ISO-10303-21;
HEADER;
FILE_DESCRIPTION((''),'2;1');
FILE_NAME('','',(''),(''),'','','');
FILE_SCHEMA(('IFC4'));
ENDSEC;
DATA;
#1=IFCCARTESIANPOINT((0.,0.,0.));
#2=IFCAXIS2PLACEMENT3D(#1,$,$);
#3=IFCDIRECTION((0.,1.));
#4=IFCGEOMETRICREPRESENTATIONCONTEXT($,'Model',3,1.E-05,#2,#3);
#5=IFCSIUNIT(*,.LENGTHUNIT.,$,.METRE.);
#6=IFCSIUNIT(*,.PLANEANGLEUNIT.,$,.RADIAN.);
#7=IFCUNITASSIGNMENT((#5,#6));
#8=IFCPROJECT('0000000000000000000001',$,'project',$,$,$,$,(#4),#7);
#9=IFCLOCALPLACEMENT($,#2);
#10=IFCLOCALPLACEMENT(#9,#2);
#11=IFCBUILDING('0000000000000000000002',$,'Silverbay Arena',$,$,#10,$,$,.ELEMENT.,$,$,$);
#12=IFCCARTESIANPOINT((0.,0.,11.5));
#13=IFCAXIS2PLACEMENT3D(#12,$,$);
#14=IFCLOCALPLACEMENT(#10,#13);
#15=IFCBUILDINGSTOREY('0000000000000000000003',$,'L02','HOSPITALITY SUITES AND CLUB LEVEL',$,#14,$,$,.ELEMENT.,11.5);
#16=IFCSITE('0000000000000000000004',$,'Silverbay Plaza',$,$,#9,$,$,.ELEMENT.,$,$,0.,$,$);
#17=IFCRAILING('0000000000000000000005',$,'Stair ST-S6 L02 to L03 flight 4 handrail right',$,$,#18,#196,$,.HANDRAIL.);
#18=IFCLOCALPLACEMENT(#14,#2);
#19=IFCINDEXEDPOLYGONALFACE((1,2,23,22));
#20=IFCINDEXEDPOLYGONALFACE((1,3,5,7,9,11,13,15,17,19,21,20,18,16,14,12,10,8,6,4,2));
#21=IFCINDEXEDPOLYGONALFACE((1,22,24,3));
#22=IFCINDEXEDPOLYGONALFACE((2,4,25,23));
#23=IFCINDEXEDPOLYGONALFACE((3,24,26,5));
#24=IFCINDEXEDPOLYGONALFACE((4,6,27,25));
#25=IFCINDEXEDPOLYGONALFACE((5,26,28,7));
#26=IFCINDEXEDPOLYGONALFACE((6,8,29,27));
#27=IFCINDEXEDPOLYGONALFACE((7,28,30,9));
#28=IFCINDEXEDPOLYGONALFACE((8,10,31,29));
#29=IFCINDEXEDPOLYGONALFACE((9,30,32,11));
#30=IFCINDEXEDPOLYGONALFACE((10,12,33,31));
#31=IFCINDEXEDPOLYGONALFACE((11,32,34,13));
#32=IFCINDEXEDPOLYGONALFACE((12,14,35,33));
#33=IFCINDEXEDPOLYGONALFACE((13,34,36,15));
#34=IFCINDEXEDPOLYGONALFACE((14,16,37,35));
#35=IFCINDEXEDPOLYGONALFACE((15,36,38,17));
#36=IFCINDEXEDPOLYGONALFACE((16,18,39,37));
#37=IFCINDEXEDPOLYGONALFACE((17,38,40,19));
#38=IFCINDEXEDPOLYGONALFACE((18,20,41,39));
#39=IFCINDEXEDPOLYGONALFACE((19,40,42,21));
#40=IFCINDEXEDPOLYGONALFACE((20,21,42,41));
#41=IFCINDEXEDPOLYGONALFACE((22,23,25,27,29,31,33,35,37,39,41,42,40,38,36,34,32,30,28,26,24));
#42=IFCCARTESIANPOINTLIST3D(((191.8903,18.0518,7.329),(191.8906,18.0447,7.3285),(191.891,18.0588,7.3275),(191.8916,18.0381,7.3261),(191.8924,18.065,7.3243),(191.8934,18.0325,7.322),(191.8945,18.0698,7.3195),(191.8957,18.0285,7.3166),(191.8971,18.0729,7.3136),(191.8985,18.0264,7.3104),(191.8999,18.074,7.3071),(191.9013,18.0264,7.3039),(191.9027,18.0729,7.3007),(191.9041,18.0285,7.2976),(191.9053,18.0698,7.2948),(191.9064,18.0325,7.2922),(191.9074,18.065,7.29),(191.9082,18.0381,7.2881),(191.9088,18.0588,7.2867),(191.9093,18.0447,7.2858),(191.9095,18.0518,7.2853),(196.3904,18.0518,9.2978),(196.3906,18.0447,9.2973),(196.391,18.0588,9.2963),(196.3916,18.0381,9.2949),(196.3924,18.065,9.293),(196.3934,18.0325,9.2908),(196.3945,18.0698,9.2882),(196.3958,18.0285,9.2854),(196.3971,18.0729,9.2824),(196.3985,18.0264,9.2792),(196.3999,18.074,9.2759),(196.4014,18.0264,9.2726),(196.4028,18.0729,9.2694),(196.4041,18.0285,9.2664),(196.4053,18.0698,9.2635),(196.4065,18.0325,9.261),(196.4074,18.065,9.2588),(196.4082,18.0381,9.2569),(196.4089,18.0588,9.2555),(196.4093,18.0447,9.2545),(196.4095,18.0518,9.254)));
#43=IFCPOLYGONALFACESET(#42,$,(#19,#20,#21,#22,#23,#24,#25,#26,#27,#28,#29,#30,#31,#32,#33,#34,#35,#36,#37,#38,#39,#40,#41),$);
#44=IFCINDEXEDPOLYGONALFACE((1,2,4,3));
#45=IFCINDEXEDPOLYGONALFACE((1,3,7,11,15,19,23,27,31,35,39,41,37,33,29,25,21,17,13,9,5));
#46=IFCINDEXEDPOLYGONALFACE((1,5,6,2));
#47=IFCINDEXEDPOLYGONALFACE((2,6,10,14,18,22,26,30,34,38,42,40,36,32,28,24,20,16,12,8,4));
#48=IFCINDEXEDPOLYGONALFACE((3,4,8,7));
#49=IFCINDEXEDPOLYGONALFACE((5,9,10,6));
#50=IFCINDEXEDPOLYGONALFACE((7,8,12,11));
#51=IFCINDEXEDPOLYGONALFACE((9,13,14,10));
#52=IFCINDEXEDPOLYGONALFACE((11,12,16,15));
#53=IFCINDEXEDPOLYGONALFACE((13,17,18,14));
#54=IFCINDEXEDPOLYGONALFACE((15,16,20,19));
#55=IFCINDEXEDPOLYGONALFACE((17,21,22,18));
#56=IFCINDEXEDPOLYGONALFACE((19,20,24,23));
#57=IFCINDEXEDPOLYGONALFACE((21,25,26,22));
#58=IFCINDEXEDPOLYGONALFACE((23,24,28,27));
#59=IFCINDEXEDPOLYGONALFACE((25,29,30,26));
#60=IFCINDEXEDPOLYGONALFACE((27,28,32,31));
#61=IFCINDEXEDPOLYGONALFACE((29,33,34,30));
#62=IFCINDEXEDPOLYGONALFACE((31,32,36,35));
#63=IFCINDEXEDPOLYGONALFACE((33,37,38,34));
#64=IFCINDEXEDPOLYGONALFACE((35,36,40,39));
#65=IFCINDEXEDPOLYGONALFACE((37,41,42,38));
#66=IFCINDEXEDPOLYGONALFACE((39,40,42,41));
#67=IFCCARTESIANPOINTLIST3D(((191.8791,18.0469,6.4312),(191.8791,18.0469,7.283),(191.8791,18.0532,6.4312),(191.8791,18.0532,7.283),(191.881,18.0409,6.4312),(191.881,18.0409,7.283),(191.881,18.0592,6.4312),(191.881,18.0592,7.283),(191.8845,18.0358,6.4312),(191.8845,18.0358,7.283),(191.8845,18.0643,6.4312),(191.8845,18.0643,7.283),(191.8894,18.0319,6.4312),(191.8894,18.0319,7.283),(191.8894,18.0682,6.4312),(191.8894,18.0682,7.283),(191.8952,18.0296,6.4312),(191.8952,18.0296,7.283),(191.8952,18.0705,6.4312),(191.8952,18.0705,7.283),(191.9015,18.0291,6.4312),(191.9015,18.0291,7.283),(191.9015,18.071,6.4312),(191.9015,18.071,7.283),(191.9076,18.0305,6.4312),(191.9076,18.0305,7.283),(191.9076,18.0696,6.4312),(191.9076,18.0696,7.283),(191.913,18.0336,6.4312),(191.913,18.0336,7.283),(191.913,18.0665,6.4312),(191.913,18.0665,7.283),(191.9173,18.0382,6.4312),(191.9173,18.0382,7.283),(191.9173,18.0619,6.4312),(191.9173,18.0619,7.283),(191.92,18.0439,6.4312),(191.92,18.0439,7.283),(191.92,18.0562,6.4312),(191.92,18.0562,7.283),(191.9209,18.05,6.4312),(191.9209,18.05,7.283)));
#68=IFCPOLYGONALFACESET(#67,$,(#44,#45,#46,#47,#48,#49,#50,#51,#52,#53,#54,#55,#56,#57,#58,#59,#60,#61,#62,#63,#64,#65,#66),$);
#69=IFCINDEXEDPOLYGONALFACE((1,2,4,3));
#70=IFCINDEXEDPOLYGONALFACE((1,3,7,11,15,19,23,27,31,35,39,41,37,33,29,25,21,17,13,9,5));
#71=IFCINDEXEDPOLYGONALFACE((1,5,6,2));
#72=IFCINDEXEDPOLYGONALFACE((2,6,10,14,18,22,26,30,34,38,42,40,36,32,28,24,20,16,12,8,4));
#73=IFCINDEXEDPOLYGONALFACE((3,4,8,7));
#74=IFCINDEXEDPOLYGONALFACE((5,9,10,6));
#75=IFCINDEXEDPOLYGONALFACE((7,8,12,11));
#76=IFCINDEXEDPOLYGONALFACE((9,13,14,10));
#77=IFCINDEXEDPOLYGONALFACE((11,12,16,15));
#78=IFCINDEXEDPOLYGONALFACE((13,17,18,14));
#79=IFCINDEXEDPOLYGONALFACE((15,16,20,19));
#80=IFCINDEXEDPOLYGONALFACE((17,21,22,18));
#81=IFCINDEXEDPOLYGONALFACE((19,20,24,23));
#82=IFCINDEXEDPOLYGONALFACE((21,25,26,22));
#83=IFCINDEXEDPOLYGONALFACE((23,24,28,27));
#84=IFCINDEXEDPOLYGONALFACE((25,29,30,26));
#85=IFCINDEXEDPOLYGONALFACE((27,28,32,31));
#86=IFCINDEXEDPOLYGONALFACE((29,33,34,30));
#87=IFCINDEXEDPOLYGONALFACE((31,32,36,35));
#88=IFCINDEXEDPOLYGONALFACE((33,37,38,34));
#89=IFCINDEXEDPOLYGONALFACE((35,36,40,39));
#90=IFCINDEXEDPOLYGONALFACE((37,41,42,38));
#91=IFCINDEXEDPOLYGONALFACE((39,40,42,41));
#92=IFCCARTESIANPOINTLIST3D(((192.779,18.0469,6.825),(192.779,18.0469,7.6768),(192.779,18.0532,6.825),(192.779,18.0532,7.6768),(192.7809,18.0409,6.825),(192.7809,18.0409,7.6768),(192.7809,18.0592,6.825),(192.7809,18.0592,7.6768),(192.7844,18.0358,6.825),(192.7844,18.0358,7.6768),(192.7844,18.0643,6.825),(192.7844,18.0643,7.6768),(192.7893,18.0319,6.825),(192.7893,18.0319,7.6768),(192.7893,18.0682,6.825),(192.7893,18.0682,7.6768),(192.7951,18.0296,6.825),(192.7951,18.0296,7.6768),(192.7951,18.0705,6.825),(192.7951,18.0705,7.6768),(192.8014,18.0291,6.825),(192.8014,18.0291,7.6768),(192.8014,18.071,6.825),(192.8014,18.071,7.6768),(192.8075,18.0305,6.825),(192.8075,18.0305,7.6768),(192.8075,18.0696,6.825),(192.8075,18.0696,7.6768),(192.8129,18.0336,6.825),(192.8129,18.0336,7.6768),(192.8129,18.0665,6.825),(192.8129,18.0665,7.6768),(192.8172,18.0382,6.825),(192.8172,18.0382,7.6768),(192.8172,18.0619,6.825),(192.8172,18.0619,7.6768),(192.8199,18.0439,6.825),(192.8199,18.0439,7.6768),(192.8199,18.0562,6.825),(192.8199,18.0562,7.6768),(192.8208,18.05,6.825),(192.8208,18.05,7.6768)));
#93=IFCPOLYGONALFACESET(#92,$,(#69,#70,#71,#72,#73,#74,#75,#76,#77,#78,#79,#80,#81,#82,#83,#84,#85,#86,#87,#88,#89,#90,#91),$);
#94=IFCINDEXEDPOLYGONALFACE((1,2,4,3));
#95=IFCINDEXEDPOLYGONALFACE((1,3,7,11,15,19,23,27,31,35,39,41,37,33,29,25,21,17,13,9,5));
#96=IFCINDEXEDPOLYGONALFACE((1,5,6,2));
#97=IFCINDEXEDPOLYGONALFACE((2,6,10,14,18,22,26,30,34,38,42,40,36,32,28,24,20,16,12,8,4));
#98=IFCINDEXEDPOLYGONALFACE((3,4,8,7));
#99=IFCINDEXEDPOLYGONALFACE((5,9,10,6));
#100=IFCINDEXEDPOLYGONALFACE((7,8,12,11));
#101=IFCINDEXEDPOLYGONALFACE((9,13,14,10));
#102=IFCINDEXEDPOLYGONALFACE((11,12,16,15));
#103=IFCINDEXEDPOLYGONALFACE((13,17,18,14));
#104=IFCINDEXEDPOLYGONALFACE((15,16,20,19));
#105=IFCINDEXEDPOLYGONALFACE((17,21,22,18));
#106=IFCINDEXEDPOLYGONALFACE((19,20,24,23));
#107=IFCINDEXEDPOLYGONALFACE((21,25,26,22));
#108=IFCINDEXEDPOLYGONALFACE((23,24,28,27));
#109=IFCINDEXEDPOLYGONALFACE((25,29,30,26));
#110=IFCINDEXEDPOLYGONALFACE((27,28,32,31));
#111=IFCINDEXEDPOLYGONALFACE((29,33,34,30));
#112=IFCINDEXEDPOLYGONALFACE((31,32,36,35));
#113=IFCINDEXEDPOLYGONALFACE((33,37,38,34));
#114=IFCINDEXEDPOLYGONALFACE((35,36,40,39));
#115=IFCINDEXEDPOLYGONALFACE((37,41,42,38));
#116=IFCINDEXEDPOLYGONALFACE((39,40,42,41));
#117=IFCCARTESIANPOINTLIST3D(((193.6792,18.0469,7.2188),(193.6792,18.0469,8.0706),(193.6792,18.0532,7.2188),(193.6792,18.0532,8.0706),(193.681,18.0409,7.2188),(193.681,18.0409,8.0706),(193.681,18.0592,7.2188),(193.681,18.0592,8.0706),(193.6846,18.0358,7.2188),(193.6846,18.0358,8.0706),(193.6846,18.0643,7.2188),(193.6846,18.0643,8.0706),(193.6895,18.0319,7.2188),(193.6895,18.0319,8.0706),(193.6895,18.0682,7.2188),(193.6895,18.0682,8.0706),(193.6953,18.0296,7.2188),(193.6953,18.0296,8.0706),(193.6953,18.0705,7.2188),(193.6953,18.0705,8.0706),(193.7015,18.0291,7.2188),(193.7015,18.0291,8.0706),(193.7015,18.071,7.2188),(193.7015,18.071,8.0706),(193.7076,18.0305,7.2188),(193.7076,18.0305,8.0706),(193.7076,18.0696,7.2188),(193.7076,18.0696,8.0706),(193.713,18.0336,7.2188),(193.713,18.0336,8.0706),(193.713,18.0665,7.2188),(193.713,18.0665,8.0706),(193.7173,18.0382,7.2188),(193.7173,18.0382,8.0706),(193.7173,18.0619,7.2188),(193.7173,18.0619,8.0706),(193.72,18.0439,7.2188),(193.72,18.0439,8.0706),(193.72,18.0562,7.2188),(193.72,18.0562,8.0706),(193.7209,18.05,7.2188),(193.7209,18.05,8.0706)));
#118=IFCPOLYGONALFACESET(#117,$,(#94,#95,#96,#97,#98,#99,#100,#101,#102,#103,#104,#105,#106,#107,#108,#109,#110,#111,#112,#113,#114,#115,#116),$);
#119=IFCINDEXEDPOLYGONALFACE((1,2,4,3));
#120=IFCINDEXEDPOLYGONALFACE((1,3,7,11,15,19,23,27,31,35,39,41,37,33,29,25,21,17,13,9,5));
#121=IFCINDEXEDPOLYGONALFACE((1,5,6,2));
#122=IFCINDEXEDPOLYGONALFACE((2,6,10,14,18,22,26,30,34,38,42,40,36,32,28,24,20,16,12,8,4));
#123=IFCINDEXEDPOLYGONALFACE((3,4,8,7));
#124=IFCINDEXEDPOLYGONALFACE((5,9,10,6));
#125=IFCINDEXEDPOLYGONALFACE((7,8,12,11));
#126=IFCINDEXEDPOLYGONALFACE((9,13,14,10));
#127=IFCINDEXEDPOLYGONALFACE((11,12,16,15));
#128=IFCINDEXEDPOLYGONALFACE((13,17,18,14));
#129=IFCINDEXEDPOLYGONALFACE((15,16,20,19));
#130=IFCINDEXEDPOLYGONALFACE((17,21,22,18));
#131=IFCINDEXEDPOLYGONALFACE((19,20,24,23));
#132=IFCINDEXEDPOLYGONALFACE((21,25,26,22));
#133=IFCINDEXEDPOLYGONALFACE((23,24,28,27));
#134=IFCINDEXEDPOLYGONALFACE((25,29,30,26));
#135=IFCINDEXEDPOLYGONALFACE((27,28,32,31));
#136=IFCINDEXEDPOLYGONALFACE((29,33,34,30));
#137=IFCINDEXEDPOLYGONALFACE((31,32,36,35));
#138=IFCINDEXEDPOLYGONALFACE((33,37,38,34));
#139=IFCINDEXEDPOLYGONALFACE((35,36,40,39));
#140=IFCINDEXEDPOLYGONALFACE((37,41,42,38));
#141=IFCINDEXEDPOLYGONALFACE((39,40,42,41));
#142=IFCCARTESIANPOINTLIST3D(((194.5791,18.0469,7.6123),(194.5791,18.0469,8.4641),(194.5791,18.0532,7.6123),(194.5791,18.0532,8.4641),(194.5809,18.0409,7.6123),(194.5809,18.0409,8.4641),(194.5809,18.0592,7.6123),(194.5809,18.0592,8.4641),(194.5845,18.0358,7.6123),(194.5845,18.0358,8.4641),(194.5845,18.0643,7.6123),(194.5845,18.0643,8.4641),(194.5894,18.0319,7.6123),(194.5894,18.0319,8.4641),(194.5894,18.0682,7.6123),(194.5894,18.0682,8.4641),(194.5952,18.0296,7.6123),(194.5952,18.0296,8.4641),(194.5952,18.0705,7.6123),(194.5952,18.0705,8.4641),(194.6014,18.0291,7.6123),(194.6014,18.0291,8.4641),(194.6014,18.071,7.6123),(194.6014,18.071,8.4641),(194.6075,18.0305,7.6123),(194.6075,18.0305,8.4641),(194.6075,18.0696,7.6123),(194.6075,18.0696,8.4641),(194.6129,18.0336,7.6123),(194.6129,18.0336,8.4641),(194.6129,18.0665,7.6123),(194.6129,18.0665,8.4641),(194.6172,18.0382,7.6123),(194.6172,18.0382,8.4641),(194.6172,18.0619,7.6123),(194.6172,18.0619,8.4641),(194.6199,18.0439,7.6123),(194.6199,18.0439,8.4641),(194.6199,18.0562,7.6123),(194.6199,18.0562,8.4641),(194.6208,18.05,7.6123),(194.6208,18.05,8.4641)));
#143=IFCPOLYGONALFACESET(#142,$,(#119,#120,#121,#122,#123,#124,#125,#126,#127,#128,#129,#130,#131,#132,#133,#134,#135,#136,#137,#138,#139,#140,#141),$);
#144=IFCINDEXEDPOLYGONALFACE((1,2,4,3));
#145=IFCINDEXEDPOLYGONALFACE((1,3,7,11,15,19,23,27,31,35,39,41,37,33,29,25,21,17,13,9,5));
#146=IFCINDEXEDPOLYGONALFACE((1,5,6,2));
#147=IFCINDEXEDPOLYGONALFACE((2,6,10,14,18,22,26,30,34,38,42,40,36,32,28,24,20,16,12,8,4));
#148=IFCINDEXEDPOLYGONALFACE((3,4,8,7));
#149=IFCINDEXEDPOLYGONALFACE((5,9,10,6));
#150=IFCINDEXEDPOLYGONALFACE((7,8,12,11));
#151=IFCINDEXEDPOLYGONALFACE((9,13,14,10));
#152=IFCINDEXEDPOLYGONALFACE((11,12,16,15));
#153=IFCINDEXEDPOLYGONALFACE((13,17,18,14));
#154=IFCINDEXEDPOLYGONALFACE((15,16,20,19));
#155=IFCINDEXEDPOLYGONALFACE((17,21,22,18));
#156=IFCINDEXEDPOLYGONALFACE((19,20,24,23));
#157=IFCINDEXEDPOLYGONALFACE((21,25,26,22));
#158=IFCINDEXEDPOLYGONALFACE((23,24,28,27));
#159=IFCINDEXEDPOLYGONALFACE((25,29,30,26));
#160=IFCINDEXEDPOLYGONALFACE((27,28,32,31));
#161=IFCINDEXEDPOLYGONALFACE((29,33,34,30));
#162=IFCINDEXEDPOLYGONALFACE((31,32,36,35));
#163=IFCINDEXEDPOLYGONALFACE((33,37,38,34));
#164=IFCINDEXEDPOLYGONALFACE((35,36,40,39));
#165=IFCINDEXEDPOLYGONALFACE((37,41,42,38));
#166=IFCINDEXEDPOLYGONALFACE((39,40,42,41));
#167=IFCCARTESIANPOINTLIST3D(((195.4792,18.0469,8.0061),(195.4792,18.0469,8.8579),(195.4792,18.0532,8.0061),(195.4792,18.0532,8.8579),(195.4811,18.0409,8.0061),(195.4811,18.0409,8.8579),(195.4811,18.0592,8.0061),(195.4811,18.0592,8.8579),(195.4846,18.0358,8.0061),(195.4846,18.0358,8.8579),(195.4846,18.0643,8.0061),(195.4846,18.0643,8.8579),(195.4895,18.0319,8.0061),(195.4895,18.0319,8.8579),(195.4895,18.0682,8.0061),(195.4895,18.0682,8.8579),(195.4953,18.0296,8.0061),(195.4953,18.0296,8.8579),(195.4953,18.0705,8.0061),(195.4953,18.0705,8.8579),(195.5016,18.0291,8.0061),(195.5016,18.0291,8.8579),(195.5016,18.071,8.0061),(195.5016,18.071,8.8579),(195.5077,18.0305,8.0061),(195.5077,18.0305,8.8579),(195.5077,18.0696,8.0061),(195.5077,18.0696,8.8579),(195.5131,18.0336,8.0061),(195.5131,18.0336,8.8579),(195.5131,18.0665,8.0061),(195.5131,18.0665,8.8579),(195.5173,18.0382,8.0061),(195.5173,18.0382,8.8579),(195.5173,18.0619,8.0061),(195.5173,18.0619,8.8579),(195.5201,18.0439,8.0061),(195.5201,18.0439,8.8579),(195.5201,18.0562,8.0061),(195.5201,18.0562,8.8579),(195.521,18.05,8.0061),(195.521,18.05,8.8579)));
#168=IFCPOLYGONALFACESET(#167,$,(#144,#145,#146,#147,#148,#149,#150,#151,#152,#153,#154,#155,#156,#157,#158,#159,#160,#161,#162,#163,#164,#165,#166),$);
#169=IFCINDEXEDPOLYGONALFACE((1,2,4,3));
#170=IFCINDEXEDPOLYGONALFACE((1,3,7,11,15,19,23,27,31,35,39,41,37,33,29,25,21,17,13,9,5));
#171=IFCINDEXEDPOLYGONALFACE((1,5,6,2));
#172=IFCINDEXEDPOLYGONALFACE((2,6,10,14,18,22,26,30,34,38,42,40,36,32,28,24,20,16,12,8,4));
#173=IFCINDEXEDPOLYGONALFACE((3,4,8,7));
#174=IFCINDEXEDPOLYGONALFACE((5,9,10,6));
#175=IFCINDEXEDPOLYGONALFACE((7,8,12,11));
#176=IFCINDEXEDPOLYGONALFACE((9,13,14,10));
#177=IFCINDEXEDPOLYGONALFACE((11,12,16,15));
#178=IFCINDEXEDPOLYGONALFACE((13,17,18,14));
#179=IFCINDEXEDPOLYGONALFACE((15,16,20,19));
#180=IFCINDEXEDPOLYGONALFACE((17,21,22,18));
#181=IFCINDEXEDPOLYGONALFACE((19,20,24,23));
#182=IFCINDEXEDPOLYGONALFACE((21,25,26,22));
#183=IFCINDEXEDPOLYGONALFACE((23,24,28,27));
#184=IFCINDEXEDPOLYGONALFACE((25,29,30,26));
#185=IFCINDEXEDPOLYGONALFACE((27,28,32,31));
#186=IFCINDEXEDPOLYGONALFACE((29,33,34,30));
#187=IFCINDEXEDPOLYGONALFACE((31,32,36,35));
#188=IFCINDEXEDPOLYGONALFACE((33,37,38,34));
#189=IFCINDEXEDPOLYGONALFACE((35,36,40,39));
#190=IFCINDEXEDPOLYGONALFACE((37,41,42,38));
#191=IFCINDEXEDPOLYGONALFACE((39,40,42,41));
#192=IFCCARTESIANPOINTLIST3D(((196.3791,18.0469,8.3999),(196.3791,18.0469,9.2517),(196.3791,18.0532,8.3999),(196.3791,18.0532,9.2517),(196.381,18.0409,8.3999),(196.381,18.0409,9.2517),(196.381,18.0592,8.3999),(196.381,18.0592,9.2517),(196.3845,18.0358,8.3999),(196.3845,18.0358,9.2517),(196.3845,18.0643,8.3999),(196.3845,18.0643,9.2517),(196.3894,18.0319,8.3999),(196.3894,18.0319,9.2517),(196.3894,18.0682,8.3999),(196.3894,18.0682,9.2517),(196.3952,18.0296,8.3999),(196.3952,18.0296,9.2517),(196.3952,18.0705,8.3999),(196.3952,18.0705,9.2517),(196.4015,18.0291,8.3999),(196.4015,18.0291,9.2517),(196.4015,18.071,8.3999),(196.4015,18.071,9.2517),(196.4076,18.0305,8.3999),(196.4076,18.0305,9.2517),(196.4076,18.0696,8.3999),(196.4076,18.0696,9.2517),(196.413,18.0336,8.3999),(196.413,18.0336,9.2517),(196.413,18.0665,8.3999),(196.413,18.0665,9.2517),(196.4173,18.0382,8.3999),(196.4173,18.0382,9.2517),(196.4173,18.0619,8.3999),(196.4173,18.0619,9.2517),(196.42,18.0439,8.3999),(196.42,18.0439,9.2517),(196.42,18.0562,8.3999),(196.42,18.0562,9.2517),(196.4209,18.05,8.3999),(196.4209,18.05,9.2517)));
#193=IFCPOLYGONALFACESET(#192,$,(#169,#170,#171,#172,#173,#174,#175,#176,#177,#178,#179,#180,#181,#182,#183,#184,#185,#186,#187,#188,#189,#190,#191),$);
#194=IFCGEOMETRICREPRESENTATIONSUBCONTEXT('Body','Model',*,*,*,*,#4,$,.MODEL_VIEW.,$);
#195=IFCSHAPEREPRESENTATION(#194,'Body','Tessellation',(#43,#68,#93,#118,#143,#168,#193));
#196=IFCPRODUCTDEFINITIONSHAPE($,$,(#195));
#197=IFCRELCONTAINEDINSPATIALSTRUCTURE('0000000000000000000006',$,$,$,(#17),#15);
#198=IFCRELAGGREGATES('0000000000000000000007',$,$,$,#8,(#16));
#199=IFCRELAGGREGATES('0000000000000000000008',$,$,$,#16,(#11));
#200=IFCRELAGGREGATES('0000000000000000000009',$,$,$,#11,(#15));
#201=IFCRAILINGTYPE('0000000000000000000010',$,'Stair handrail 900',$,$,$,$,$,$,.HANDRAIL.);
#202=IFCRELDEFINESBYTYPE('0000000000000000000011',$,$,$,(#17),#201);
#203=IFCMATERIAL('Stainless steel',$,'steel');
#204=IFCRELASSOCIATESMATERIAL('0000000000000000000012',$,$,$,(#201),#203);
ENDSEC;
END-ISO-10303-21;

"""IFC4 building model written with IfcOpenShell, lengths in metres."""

from ifc_helpers import new_model, si_unit, direction, frame, origin, origin_2d, place, context, subcontext, project, spatial, circle, extrude, material, type_object, element, save


model = new_model("IFC4")

# Units and contexts
model_context = context("Model", 3, precision=1e-05, world=origin(), true_north=direction((0.0, 1.0)))
body_context = subcontext(model_context, "Body", "Model", "MODEL_VIEW")
ifc_project = project(units=[si_unit("LENGTHUNIT", "METRE"), si_unit("PLANEANGLEUNIT", "RADIAN")], contexts=[model_context])

# Site, building, storey
site_placement = place(None, origin())
site = spatial("IfcSite", under=ifc_project, at=site_placement, Name="Silverbay Plaza", CompositionType="ELEMENT", RefElevation=0.0)
building_placement = place(site_placement, origin())
building = spatial("IfcBuilding", under=site, at=building_placement, Name="Silverbay Arena", CompositionType="ELEMENT")
storey_placement = place(building_placement, frame((0.0, 0.0, 11.5)))
storey = spatial("IfcBuildingStorey", under=building, at=storey_placement, Name="L02", Description="HOSPITALITY SUITES AND CLUB LEVEL", CompositionType="ELEMENT", Elevation=11.5)

# Railing
ifc_material_1 = material(Name="Stainless steel", Category="steel")
railing_type_1 = type_object("IfcRailingType", Name="Stair handrail 900", PredefinedType="HANDRAIL", material=ifc_material_1)
for number, where, name in (
    (1, (191.8999, 18.05, 6.4312), "Stair ST-S6 L02 to L03 flight 4 handrail right"),
):
    element("IfcRailing", number, at=place(storey_placement, frame(where)), inside=storey, type_object=railing_type_1, Name=name, PredefinedType="HANDRAIL", context=body_context, shape_type="SweptSolid", body=[
        extrude(circle(Radius=0.0239, at=origin_2d()), frame((0.0, 0.0, 0.876), z_axis=(0.916157, 0.0, 0.400819), x_axis=(0.0, 1.0, 0.0)), (0.0, 0.0, 1.0), 4.9119),
        extrude(circle(Radius=0.021, at=origin_2d()), origin(), (0.0, 0.0, 1.0), 0.8518),
        extrude(circle(Radius=0.021, at=origin_2d()), frame((0.8999, 0.0, 0.3938)), (0.0, 0.0, 1.0), 0.8518),
        extrude(circle(Radius=0.021, at=origin_2d()), frame((1.8, 0.0, 0.7876)), (0.0, 0.0, 1.0), 0.8518),
        extrude(circle(Radius=0.021, at=origin_2d()), frame((2.7, 0.0, 1.1812)), (0.0, 0.0, 1.0), 0.8518),
        extrude(circle(Radius=0.021, at=origin_2d()), frame((3.6001, 0.0, 1.575)), (0.0, 0.0, 1.0), 0.8518),
        extrude(circle(Radius=0.021, at=origin_2d()), frame((4.5, 0.0, 1.9688)), (0.0, 0.0, 1.0), 0.8518),
    ])

save(model, "model.ifc")
